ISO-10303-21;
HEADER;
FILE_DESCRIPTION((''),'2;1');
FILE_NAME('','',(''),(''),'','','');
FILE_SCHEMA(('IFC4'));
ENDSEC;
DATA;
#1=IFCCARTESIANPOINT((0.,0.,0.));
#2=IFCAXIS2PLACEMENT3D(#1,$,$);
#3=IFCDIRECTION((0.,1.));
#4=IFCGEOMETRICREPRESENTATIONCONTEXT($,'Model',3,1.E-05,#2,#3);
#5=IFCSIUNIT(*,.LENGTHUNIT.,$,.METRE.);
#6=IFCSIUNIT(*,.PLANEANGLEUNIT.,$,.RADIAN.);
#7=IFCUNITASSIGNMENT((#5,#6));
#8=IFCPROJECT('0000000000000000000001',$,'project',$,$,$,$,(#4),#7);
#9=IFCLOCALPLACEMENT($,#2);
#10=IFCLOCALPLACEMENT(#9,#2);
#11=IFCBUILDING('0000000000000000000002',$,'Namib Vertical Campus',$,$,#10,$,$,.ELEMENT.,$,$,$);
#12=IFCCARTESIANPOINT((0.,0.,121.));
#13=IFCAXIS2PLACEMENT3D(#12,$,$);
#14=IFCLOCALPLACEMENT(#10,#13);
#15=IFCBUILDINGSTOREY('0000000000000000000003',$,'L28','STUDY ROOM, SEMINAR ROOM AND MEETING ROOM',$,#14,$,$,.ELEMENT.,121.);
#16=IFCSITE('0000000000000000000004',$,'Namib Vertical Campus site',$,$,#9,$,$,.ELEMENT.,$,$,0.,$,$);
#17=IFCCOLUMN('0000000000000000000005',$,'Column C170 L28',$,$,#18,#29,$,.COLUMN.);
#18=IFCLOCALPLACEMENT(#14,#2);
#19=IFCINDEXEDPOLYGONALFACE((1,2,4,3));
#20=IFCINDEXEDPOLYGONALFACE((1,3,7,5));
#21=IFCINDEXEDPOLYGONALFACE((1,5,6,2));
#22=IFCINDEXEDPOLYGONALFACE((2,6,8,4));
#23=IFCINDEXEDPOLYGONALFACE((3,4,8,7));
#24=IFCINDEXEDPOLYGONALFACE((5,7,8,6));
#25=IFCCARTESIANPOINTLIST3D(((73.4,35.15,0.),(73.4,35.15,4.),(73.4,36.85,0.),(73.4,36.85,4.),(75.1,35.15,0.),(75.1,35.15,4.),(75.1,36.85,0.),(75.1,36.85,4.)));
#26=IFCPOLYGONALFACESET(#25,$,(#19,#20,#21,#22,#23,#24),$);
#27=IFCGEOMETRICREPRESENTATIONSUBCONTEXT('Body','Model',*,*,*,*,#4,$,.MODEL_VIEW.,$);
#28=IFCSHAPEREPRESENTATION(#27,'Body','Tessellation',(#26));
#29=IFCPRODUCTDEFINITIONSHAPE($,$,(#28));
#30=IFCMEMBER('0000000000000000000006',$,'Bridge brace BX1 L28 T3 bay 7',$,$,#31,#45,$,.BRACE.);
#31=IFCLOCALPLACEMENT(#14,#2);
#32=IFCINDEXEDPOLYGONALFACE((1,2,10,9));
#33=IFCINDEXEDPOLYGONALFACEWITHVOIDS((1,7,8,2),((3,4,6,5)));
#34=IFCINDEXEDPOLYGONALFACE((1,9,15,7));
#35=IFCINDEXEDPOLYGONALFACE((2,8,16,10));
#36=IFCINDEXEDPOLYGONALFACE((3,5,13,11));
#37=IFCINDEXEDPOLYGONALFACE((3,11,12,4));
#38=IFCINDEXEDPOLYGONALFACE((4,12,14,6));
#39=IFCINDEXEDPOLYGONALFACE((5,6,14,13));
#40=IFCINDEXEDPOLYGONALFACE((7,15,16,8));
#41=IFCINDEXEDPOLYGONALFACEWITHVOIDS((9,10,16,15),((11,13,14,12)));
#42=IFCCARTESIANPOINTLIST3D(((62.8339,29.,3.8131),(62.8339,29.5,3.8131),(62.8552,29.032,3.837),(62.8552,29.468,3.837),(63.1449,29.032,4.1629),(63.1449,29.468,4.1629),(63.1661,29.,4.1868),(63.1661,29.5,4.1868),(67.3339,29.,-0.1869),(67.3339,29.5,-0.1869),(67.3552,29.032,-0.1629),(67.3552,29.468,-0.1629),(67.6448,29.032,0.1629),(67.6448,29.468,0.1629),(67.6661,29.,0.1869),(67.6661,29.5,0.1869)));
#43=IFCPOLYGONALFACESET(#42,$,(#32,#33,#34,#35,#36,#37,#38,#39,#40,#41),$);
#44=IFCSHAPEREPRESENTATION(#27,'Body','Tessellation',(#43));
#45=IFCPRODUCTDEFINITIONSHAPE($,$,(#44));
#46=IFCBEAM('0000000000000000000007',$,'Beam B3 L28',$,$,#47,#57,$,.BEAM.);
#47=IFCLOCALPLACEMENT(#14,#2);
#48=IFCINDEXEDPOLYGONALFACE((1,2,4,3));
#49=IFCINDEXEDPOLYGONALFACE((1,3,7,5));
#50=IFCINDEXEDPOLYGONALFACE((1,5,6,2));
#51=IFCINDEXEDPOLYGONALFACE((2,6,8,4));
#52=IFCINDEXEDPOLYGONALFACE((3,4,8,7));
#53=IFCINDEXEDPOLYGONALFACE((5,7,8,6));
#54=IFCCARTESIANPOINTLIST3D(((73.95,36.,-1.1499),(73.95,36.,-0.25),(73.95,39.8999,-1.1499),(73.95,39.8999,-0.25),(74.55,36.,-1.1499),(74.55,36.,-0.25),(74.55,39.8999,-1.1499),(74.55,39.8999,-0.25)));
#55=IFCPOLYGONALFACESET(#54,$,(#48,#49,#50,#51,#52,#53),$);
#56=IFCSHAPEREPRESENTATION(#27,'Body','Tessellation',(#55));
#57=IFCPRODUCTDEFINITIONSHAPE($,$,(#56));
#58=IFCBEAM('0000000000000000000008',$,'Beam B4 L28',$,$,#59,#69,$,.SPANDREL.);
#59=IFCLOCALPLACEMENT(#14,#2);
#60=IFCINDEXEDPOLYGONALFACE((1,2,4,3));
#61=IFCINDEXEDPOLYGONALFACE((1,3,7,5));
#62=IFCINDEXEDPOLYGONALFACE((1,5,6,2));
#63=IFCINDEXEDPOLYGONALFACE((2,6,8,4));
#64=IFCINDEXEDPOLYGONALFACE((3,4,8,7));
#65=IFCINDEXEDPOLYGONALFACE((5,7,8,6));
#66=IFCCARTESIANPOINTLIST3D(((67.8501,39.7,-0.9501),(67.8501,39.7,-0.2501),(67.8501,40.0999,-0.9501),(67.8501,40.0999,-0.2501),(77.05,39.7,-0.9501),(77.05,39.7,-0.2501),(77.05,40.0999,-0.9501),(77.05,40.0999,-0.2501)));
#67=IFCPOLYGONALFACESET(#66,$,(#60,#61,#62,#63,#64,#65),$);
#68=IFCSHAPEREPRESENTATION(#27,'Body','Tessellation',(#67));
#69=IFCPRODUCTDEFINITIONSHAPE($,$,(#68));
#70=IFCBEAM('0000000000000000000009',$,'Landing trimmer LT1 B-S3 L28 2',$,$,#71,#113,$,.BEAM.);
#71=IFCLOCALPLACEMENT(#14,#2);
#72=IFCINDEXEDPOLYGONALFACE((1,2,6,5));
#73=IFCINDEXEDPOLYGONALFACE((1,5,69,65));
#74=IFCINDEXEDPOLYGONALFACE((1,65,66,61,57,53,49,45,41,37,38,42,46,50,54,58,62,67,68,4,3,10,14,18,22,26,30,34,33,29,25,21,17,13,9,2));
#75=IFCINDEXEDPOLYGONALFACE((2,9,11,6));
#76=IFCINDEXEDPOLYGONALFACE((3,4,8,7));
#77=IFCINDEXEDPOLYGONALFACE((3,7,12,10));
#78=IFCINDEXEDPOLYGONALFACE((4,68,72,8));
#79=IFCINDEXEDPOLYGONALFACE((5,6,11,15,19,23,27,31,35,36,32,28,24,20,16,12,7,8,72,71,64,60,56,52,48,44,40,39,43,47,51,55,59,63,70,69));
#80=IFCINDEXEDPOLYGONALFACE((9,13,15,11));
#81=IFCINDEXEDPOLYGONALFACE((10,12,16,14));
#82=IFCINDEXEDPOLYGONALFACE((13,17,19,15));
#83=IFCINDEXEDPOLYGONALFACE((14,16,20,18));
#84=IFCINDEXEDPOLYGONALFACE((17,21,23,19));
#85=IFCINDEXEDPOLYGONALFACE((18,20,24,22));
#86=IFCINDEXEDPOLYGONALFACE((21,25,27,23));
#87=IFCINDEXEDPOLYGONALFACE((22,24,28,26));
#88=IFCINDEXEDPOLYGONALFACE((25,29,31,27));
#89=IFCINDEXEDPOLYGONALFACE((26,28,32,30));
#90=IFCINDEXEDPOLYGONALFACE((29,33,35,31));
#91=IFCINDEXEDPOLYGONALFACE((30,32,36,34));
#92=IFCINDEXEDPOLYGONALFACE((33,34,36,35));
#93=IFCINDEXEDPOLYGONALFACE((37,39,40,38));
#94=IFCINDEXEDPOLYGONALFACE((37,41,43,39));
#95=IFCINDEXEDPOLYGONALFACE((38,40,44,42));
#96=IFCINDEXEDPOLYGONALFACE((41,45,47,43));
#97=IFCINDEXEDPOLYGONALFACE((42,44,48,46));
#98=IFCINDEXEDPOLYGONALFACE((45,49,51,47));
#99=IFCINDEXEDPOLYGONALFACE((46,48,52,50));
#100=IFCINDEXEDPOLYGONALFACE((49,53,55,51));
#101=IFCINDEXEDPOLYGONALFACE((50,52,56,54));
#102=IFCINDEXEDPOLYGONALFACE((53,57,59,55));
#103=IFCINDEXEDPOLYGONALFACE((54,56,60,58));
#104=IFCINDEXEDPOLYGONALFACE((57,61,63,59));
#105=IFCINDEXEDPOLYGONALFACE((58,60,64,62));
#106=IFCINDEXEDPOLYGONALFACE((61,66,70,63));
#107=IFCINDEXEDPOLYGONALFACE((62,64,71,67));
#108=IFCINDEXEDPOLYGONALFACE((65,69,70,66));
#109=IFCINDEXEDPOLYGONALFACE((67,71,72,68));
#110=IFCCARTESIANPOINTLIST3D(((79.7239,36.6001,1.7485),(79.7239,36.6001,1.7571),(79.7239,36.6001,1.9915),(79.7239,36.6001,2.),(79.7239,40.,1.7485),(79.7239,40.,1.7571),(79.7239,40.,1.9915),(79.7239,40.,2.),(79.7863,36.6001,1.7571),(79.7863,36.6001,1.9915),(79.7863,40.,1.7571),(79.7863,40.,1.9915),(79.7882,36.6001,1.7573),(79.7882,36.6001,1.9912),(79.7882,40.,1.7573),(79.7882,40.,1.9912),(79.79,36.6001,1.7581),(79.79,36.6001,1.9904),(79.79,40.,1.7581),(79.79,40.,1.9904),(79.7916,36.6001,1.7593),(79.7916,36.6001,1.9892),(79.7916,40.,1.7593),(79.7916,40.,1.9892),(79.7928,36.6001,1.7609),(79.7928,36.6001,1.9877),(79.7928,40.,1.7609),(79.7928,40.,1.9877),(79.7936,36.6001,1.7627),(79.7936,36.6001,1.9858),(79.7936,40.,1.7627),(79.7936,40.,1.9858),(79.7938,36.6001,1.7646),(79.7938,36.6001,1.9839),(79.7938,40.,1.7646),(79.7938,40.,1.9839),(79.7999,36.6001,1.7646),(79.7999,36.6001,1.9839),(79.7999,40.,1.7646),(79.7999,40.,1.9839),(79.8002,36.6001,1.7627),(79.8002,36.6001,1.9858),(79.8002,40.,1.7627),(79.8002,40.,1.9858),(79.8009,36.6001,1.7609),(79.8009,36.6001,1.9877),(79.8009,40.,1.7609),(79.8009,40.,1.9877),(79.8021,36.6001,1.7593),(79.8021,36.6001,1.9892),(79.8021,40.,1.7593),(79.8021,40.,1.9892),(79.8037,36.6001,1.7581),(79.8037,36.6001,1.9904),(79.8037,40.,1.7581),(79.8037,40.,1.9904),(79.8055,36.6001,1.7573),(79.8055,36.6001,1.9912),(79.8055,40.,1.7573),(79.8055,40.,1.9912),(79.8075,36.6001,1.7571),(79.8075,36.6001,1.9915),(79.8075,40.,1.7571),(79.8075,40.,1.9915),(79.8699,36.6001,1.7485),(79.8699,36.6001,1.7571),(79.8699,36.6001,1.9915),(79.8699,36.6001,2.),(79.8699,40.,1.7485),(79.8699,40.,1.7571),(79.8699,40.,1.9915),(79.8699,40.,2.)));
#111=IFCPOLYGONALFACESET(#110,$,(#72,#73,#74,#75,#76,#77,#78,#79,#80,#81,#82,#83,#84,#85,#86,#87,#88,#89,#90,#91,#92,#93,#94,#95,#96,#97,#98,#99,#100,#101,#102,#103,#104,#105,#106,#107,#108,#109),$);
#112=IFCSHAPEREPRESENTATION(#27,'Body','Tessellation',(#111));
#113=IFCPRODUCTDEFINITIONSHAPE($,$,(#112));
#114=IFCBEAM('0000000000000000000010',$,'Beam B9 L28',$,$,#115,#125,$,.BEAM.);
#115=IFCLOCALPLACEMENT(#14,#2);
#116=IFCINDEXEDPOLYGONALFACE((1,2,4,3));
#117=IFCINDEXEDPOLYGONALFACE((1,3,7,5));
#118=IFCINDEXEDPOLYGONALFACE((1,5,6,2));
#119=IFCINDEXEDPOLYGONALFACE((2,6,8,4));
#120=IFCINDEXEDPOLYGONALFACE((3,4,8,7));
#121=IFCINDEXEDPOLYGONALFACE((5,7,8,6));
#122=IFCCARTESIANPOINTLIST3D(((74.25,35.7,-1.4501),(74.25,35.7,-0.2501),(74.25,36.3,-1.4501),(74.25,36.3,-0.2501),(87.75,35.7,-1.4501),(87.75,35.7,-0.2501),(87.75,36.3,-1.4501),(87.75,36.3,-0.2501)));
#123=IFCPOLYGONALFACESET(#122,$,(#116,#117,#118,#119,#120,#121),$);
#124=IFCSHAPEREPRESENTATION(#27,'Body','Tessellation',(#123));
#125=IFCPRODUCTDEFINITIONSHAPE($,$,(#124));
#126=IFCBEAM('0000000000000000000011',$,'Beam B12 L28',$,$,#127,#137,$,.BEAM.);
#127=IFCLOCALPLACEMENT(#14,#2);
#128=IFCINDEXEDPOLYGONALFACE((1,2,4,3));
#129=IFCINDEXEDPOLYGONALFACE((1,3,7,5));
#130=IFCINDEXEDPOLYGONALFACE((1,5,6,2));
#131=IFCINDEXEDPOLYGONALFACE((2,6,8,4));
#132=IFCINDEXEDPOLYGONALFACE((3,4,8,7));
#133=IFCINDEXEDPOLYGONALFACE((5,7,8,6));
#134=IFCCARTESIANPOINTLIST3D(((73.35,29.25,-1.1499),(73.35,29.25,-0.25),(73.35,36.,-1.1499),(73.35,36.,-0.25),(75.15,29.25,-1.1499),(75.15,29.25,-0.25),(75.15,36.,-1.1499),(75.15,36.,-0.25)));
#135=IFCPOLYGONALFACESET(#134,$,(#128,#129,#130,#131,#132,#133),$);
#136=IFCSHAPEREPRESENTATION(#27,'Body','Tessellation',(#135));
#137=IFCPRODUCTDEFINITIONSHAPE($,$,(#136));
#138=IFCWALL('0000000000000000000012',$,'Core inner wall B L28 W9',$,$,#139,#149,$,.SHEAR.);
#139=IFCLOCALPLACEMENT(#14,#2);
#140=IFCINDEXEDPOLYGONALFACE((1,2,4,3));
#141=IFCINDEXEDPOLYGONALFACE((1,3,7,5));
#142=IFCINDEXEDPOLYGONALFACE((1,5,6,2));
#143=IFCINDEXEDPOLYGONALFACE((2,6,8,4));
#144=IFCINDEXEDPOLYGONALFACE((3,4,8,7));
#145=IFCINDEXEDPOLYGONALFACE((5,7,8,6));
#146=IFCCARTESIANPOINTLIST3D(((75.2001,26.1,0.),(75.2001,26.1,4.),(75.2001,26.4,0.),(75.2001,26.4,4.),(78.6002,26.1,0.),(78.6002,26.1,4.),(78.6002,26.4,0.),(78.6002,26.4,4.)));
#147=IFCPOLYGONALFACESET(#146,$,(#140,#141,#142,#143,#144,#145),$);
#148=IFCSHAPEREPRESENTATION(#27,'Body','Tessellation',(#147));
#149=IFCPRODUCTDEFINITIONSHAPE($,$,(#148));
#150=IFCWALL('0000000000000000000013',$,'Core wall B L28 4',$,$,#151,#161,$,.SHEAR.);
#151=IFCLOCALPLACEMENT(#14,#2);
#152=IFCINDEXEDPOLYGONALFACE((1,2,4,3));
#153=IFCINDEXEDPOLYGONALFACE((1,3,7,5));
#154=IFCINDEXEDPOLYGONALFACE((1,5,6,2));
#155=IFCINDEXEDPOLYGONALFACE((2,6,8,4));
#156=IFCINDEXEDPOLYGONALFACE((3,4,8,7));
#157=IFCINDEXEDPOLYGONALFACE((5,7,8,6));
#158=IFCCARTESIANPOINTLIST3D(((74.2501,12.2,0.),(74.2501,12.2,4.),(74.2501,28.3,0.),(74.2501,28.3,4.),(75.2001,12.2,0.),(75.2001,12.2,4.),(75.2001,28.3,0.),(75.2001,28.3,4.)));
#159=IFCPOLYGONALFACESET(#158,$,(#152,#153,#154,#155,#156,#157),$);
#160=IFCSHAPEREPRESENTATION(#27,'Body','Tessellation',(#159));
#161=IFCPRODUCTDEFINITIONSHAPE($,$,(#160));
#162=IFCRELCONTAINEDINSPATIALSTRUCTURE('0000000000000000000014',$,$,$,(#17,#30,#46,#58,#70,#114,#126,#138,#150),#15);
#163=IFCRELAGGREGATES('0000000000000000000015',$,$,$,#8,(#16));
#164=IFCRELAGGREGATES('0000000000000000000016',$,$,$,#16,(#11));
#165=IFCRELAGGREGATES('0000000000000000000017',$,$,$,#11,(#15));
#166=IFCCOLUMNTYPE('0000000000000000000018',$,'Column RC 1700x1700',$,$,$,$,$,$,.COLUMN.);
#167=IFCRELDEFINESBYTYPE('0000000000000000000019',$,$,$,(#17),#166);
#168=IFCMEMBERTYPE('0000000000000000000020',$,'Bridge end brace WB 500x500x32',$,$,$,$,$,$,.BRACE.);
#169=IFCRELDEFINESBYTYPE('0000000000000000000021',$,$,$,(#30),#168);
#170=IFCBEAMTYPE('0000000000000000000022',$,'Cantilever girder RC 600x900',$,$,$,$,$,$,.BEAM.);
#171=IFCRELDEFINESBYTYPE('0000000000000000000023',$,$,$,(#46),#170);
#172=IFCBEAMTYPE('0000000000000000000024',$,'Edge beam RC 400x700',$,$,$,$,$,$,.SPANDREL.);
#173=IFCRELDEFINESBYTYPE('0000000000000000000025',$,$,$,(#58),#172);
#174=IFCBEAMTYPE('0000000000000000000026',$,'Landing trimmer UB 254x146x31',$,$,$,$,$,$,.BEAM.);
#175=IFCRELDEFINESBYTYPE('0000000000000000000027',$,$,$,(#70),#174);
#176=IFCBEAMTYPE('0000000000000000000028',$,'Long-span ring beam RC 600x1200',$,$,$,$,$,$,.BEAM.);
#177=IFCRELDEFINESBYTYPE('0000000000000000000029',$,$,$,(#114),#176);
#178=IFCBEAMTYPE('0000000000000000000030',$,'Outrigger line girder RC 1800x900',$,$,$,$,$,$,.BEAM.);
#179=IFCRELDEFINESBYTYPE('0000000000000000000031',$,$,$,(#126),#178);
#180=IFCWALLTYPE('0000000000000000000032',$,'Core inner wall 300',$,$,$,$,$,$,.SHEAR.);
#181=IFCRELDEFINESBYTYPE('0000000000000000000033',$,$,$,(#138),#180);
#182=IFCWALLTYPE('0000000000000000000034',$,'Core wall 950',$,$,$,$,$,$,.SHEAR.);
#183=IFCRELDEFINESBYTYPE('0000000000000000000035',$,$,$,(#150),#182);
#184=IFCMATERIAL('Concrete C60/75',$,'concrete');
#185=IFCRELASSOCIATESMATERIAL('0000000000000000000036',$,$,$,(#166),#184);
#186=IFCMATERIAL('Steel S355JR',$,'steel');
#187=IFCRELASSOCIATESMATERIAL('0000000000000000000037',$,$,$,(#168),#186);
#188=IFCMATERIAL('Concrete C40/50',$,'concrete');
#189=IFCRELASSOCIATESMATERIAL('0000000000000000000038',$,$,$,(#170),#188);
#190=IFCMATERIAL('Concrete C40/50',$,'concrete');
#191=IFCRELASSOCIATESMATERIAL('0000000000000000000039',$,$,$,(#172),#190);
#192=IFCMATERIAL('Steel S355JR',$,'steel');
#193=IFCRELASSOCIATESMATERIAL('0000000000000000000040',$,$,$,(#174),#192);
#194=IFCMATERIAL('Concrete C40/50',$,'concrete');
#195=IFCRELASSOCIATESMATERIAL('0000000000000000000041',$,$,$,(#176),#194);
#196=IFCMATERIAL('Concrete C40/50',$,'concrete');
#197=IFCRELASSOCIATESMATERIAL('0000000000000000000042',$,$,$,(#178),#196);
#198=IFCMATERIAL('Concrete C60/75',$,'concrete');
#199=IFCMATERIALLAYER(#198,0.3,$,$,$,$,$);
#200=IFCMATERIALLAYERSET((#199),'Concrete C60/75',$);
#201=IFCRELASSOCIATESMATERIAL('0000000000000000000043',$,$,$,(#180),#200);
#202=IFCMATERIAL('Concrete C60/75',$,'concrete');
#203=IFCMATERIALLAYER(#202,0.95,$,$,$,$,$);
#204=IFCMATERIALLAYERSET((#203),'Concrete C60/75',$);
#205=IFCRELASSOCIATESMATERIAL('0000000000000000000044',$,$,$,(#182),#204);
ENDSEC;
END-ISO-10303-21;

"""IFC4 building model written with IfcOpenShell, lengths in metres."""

from ifc_helpers import new_model, si_unit, direction, frame, frame_2d, origin, origin_2d, place, context, subcontext, project, spatial, rectangle, hollow_rectangle, i_section, extrude, material, layer, layer_set, material_profile, profile_set, type_object, element, save


model = new_model("IFC4")

# Units and contexts
model_context = context("Model", 3, precision=1e-05, world=origin(), true_north=direction((0.0, 1.0)))
body_context = subcontext(model_context, "Body", "Model", "MODEL_VIEW")
ifc_project = project(units=[si_unit("LENGTHUNIT", "METRE"), si_unit("PLANEANGLEUNIT", "RADIAN")], contexts=[model_context])

# Site, building, storey
site_placement = place(None, origin())
site = spatial("IfcSite", under=ifc_project, at=site_placement, Name="Namib Vertical Campus site", CompositionType="ELEMENT", RefElevation=0.0)
building_placement = place(site_placement, origin())
building = spatial("IfcBuilding", under=site, at=building_placement, Name="Namib Vertical Campus", CompositionType="ELEMENT")
storey_placement = place(building_placement, frame((0.0, 0.0, 121.0)))
storey = spatial("IfcBuildingStorey", under=building, at=storey_placement, Name="L28", Description="STUDY ROOM, SEMINAR ROOM AND MEETING ROOM", CompositionType="ELEMENT", Elevation=121.0)

# Column
ifc_material_1 = material(Name="Concrete C60/75", Category="concrete")
ifc_material_profile_1 = material_profile(ifc_material_1, rectangle(XDim=1.7, YDim=1.7, at=origin_2d()))
ifc_profile_set_1 = profile_set([ifc_material_profile_1], Name="Concrete C60/75")
column_type = type_object("IfcColumnType", Name="Column RC 1700x1700", PredefinedType="COLUMN", material=ifc_profile_set_1)
column_placement = place(storey_placement, frame((74.25, 36.0, 0.0), z_axis=(0.0, 0.0, 1.0), x_axis=(1.0, 0.0, 0.0)))
element("IfcColumn", 1, at=column_placement, inside=storey, type_object=column_type, Name="Column C170 L28", PredefinedType="COLUMN", context=body_context, shape_type="SweptSolid", body=[
    extrude(rectangle(XDim=1.7, YDim=1.7, at=origin_2d()), origin(), (0.0, 0.0, 1.0), 4.0),
])

# Member
ifc_material_2 = material(Name="Steel S355JR", Category="steel")
ifc_material_profile_2 = material_profile(ifc_material_2, hollow_rectangle(XDim=0.5, YDim=0.5, WallThickness=0.032, at=origin_2d()))
ifc_profile_set_2 = profile_set([ifc_material_profile_2], Name="Steel S355JR")
member_type = type_object("IfcMemberType", Name="Bridge end brace WB 500x500x32", PredefinedType="BRACE", material=ifc_profile_set_2)
member_placement = place(storey_placement, frame((67.5, 29.25, 0.0), z_axis=(-0.747409, 0.0, 0.664364), x_axis=(0.0, -1.0, 0.0)))
element("IfcMember", 2, at=member_placement, inside=storey, type_object=member_type, Name="Bridge brace BX1 L28 T3 bay 7", PredefinedType="BRACE", context=body_context, shape_type="SweptSolid", body=[
    extrude(hollow_rectangle(XDim=0.5, YDim=0.5, WallThickness=0.032, at=origin_2d()), origin(), (0.0, 0.0, 1.0), 6.0208),
])

# Beams
ifc_material_3 = material(Name="Concrete C40/50", Category="concrete")
ifc_material_profile_3 = material_profile(ifc_material_3, rectangle(XDim=0.6001, YDim=0.8999, at=origin_2d()))
ifc_profile_set_3 = profile_set([ifc_material_profile_3], Name="Concrete C40/50")
beam_type_1 = type_object("IfcBeamType", Name="Cantilever girder RC 600x900", PredefinedType="BEAM", material=ifc_profile_set_3)
beam_1_placement = place(storey_placement, frame((74.25, 36.0, -0.7), z_axis=(0.0, 1.0, 0.0), x_axis=(-1.0, 0.0, 0.0)))
element("IfcBeam", 3, at=beam_1_placement, inside=storey, type_object=beam_type_1, Name="Beam B3 L28", PredefinedType="BEAM", context=body_context, shape_type="SweptSolid", body=[
    extrude(rectangle(XDim=0.6001, YDim=0.8999, at=origin_2d()), origin(), (0.0, 0.0, 1.0), 3.8999),
])
ifc_material_4 = material(Name="Concrete C40/50", Category="concrete")
ifc_material_profile_4 = material_profile(ifc_material_4, rectangle(XDim=0.3999, YDim=0.7, at=origin_2d()))
ifc_profile_set_4 = profile_set([ifc_material_profile_4], Name="Concrete C40/50")
beam_type_2 = type_object("IfcBeamType", Name="Edge beam RC 400x700", PredefinedType="SPANDREL", material=ifc_profile_set_4)
beam_2_placement = place(storey_placement, frame((67.8501, 39.8999, -0.6001), z_axis=(1.0, 0.0, 0.0), x_axis=(0.0, 1.0, 0.0)))
element("IfcBeam", 4, at=beam_2_placement, inside=storey, type_object=beam_type_2, Name="Beam B4 L28", PredefinedType="SPANDREL", context=body_context, shape_type="SweptSolid", body=[
    extrude(rectangle(XDim=0.3999, YDim=0.7, at=origin_2d()), origin(), (0.0, 0.0, 1.0), 9.2),
])
ifc_material_5 = material(Name="Steel S355JR", Category="steel")
ifc_material_profile_5 = material_profile(ifc_material_5, i_section(OverallWidth=0.146, OverallDepth=0.2515, WebThickness=0.0061, FlangeThickness=0.0085, FilletRadius=0.0076, at=origin_2d()))
ifc_profile_set_5 = profile_set([ifc_material_profile_5], Name="Steel S355JR")
beam_type_3 = type_object("IfcBeamType", Name="Landing trimmer UB 254x146x31", PredefinedType="BEAM", material=ifc_profile_set_5)
beam_3_placement = place(storey_placement, frame((79.7969, 36.6001, 1.8743), z_axis=(0.0, 1.0, 0.0), x_axis=(-1.0, 0.0, 0.0)))
element("IfcBeam", 5, at=beam_3_placement, inside=storey, type_object=beam_type_3, Name="Landing trimmer LT1 B-S3 L28 2", PredefinedType="BEAM", context=body_context, shape_type="SweptSolid", body=[
    extrude(i_section(OverallWidth=0.146, OverallDepth=0.2515, WebThickness=0.0061, FlangeThickness=0.0085, FilletRadius=0.0076, at=origin_2d()), origin(), (0.0, 0.0, 1.0), 3.3999),
])
ifc_material_6 = material(Name="Concrete C40/50", Category="concrete")
ifc_material_profile_6 = material_profile(ifc_material_6, rectangle(XDim=0.6001, YDim=1.2, at=origin_2d()))
ifc_profile_set_6 = profile_set([ifc_material_profile_6], Name="Concrete C40/50")
beam_type_4 = type_object("IfcBeamType", Name="Long-span ring beam RC 600x1200", PredefinedType="BEAM", material=ifc_profile_set_6)
beam_4_placement = place(storey_placement, frame((74.25, 36.0, -0.8501), z_axis=(1.0, 0.0, 0.0), x_axis=(0.0, 1.0, 0.0)))
element("IfcBeam", 6, at=beam_4_placement, inside=storey, type_object=beam_type_4, Name="Beam B9 L28", PredefinedType="BEAM", context=body_context, shape_type="SweptSolid", body=[
    extrude(rectangle(XDim=0.6001, YDim=1.2, at=origin_2d()), origin(), (0.0, 0.0, 1.0), 13.5),
])
ifc_material_7 = material(Name="Concrete C40/50", Category="concrete")
ifc_material_profile_7 = material_profile(ifc_material_7, rectangle(XDim=1.8, YDim=0.8999, at=origin_2d()))
ifc_profile_set_7 = profile_set([ifc_material_profile_7], Name="Concrete C40/50")
beam_type_5 = type_object("IfcBeamType", Name="Outrigger line girder RC 1800x900", PredefinedType="BEAM", material=ifc_profile_set_7)
beam_5_placement = place(storey_placement, frame((74.25, 36.0, -0.7), z_axis=(0.0, -1.0, 0.0), x_axis=(1.0, 0.0, 0.0)))
element("IfcBeam", 7, at=beam_5_placement, inside=storey, type_object=beam_type_5, Name="Beam B12 L28", PredefinedType="BEAM", context=body_context, shape_type="SweptSolid", body=[
    extrude(rectangle(XDim=1.8, YDim=0.8999, at=origin_2d()), origin(), (0.0, 0.0, 1.0), 6.75),
])

# Walls
ifc_material_8 = material(Name="Concrete C60/75", Category="concrete")
ifc_layer_1 = layer(ifc_material_8, 0.3)
ifc_layer_set_1 = layer_set([ifc_layer_1], Name="Concrete C60/75")
wall_type_1 = type_object("IfcWallType", Name="Core inner wall 300", PredefinedType="SHEAR", material=ifc_layer_set_1)
wall_1_placement = place(storey_placement, frame((75.2, 26.25, 0.0), z_axis=(0.0, 0.0, 1.0), x_axis=(1.0, 0.0, 0.0)))
element("IfcWall", 8, at=wall_1_placement, inside=storey, type_object=wall_type_1, Name="Core inner wall B L28 W9", PredefinedType="SHEAR", context=body_context, shape_type="SweptSolid", body=[
    extrude(rectangle(XDim=3.4001, YDim=0.3, at=frame_2d((1.7002, 0.0))), origin(), (0.0, 0.0, 1.0), 4.0),
])
ifc_material_9 = material(Name="Concrete C60/75", Category="concrete")
ifc_layer_2 = layer(ifc_material_9, 0.95)
ifc_layer_set_2 = layer_set([ifc_layer_2], Name="Concrete C60/75")
wall_type_2 = type_object("IfcWallType", Name="Core wall 950", PredefinedType="SHEAR", material=ifc_layer_set_2)
wall_2_placement = place(storey_placement, frame((74.7251, 28.3, 0.0), z_axis=(0.0, 0.0, 1.0), x_axis=(0.0, -1.0, 0.0)))
element("IfcWall", 9, at=wall_2_placement, inside=storey, type_object=wall_type_2, Name="Core wall B L28 4", PredefinedType="SHEAR", context=body_context, shape_type="SweptSolid", body=[
    extrude(rectangle(XDim=16.1001, YDim=0.95, at=frame_2d((8.05, 0.0))), origin(), (0.0, 0.0, 1.0), 4.0),
])

save(model, "model.ifc")
